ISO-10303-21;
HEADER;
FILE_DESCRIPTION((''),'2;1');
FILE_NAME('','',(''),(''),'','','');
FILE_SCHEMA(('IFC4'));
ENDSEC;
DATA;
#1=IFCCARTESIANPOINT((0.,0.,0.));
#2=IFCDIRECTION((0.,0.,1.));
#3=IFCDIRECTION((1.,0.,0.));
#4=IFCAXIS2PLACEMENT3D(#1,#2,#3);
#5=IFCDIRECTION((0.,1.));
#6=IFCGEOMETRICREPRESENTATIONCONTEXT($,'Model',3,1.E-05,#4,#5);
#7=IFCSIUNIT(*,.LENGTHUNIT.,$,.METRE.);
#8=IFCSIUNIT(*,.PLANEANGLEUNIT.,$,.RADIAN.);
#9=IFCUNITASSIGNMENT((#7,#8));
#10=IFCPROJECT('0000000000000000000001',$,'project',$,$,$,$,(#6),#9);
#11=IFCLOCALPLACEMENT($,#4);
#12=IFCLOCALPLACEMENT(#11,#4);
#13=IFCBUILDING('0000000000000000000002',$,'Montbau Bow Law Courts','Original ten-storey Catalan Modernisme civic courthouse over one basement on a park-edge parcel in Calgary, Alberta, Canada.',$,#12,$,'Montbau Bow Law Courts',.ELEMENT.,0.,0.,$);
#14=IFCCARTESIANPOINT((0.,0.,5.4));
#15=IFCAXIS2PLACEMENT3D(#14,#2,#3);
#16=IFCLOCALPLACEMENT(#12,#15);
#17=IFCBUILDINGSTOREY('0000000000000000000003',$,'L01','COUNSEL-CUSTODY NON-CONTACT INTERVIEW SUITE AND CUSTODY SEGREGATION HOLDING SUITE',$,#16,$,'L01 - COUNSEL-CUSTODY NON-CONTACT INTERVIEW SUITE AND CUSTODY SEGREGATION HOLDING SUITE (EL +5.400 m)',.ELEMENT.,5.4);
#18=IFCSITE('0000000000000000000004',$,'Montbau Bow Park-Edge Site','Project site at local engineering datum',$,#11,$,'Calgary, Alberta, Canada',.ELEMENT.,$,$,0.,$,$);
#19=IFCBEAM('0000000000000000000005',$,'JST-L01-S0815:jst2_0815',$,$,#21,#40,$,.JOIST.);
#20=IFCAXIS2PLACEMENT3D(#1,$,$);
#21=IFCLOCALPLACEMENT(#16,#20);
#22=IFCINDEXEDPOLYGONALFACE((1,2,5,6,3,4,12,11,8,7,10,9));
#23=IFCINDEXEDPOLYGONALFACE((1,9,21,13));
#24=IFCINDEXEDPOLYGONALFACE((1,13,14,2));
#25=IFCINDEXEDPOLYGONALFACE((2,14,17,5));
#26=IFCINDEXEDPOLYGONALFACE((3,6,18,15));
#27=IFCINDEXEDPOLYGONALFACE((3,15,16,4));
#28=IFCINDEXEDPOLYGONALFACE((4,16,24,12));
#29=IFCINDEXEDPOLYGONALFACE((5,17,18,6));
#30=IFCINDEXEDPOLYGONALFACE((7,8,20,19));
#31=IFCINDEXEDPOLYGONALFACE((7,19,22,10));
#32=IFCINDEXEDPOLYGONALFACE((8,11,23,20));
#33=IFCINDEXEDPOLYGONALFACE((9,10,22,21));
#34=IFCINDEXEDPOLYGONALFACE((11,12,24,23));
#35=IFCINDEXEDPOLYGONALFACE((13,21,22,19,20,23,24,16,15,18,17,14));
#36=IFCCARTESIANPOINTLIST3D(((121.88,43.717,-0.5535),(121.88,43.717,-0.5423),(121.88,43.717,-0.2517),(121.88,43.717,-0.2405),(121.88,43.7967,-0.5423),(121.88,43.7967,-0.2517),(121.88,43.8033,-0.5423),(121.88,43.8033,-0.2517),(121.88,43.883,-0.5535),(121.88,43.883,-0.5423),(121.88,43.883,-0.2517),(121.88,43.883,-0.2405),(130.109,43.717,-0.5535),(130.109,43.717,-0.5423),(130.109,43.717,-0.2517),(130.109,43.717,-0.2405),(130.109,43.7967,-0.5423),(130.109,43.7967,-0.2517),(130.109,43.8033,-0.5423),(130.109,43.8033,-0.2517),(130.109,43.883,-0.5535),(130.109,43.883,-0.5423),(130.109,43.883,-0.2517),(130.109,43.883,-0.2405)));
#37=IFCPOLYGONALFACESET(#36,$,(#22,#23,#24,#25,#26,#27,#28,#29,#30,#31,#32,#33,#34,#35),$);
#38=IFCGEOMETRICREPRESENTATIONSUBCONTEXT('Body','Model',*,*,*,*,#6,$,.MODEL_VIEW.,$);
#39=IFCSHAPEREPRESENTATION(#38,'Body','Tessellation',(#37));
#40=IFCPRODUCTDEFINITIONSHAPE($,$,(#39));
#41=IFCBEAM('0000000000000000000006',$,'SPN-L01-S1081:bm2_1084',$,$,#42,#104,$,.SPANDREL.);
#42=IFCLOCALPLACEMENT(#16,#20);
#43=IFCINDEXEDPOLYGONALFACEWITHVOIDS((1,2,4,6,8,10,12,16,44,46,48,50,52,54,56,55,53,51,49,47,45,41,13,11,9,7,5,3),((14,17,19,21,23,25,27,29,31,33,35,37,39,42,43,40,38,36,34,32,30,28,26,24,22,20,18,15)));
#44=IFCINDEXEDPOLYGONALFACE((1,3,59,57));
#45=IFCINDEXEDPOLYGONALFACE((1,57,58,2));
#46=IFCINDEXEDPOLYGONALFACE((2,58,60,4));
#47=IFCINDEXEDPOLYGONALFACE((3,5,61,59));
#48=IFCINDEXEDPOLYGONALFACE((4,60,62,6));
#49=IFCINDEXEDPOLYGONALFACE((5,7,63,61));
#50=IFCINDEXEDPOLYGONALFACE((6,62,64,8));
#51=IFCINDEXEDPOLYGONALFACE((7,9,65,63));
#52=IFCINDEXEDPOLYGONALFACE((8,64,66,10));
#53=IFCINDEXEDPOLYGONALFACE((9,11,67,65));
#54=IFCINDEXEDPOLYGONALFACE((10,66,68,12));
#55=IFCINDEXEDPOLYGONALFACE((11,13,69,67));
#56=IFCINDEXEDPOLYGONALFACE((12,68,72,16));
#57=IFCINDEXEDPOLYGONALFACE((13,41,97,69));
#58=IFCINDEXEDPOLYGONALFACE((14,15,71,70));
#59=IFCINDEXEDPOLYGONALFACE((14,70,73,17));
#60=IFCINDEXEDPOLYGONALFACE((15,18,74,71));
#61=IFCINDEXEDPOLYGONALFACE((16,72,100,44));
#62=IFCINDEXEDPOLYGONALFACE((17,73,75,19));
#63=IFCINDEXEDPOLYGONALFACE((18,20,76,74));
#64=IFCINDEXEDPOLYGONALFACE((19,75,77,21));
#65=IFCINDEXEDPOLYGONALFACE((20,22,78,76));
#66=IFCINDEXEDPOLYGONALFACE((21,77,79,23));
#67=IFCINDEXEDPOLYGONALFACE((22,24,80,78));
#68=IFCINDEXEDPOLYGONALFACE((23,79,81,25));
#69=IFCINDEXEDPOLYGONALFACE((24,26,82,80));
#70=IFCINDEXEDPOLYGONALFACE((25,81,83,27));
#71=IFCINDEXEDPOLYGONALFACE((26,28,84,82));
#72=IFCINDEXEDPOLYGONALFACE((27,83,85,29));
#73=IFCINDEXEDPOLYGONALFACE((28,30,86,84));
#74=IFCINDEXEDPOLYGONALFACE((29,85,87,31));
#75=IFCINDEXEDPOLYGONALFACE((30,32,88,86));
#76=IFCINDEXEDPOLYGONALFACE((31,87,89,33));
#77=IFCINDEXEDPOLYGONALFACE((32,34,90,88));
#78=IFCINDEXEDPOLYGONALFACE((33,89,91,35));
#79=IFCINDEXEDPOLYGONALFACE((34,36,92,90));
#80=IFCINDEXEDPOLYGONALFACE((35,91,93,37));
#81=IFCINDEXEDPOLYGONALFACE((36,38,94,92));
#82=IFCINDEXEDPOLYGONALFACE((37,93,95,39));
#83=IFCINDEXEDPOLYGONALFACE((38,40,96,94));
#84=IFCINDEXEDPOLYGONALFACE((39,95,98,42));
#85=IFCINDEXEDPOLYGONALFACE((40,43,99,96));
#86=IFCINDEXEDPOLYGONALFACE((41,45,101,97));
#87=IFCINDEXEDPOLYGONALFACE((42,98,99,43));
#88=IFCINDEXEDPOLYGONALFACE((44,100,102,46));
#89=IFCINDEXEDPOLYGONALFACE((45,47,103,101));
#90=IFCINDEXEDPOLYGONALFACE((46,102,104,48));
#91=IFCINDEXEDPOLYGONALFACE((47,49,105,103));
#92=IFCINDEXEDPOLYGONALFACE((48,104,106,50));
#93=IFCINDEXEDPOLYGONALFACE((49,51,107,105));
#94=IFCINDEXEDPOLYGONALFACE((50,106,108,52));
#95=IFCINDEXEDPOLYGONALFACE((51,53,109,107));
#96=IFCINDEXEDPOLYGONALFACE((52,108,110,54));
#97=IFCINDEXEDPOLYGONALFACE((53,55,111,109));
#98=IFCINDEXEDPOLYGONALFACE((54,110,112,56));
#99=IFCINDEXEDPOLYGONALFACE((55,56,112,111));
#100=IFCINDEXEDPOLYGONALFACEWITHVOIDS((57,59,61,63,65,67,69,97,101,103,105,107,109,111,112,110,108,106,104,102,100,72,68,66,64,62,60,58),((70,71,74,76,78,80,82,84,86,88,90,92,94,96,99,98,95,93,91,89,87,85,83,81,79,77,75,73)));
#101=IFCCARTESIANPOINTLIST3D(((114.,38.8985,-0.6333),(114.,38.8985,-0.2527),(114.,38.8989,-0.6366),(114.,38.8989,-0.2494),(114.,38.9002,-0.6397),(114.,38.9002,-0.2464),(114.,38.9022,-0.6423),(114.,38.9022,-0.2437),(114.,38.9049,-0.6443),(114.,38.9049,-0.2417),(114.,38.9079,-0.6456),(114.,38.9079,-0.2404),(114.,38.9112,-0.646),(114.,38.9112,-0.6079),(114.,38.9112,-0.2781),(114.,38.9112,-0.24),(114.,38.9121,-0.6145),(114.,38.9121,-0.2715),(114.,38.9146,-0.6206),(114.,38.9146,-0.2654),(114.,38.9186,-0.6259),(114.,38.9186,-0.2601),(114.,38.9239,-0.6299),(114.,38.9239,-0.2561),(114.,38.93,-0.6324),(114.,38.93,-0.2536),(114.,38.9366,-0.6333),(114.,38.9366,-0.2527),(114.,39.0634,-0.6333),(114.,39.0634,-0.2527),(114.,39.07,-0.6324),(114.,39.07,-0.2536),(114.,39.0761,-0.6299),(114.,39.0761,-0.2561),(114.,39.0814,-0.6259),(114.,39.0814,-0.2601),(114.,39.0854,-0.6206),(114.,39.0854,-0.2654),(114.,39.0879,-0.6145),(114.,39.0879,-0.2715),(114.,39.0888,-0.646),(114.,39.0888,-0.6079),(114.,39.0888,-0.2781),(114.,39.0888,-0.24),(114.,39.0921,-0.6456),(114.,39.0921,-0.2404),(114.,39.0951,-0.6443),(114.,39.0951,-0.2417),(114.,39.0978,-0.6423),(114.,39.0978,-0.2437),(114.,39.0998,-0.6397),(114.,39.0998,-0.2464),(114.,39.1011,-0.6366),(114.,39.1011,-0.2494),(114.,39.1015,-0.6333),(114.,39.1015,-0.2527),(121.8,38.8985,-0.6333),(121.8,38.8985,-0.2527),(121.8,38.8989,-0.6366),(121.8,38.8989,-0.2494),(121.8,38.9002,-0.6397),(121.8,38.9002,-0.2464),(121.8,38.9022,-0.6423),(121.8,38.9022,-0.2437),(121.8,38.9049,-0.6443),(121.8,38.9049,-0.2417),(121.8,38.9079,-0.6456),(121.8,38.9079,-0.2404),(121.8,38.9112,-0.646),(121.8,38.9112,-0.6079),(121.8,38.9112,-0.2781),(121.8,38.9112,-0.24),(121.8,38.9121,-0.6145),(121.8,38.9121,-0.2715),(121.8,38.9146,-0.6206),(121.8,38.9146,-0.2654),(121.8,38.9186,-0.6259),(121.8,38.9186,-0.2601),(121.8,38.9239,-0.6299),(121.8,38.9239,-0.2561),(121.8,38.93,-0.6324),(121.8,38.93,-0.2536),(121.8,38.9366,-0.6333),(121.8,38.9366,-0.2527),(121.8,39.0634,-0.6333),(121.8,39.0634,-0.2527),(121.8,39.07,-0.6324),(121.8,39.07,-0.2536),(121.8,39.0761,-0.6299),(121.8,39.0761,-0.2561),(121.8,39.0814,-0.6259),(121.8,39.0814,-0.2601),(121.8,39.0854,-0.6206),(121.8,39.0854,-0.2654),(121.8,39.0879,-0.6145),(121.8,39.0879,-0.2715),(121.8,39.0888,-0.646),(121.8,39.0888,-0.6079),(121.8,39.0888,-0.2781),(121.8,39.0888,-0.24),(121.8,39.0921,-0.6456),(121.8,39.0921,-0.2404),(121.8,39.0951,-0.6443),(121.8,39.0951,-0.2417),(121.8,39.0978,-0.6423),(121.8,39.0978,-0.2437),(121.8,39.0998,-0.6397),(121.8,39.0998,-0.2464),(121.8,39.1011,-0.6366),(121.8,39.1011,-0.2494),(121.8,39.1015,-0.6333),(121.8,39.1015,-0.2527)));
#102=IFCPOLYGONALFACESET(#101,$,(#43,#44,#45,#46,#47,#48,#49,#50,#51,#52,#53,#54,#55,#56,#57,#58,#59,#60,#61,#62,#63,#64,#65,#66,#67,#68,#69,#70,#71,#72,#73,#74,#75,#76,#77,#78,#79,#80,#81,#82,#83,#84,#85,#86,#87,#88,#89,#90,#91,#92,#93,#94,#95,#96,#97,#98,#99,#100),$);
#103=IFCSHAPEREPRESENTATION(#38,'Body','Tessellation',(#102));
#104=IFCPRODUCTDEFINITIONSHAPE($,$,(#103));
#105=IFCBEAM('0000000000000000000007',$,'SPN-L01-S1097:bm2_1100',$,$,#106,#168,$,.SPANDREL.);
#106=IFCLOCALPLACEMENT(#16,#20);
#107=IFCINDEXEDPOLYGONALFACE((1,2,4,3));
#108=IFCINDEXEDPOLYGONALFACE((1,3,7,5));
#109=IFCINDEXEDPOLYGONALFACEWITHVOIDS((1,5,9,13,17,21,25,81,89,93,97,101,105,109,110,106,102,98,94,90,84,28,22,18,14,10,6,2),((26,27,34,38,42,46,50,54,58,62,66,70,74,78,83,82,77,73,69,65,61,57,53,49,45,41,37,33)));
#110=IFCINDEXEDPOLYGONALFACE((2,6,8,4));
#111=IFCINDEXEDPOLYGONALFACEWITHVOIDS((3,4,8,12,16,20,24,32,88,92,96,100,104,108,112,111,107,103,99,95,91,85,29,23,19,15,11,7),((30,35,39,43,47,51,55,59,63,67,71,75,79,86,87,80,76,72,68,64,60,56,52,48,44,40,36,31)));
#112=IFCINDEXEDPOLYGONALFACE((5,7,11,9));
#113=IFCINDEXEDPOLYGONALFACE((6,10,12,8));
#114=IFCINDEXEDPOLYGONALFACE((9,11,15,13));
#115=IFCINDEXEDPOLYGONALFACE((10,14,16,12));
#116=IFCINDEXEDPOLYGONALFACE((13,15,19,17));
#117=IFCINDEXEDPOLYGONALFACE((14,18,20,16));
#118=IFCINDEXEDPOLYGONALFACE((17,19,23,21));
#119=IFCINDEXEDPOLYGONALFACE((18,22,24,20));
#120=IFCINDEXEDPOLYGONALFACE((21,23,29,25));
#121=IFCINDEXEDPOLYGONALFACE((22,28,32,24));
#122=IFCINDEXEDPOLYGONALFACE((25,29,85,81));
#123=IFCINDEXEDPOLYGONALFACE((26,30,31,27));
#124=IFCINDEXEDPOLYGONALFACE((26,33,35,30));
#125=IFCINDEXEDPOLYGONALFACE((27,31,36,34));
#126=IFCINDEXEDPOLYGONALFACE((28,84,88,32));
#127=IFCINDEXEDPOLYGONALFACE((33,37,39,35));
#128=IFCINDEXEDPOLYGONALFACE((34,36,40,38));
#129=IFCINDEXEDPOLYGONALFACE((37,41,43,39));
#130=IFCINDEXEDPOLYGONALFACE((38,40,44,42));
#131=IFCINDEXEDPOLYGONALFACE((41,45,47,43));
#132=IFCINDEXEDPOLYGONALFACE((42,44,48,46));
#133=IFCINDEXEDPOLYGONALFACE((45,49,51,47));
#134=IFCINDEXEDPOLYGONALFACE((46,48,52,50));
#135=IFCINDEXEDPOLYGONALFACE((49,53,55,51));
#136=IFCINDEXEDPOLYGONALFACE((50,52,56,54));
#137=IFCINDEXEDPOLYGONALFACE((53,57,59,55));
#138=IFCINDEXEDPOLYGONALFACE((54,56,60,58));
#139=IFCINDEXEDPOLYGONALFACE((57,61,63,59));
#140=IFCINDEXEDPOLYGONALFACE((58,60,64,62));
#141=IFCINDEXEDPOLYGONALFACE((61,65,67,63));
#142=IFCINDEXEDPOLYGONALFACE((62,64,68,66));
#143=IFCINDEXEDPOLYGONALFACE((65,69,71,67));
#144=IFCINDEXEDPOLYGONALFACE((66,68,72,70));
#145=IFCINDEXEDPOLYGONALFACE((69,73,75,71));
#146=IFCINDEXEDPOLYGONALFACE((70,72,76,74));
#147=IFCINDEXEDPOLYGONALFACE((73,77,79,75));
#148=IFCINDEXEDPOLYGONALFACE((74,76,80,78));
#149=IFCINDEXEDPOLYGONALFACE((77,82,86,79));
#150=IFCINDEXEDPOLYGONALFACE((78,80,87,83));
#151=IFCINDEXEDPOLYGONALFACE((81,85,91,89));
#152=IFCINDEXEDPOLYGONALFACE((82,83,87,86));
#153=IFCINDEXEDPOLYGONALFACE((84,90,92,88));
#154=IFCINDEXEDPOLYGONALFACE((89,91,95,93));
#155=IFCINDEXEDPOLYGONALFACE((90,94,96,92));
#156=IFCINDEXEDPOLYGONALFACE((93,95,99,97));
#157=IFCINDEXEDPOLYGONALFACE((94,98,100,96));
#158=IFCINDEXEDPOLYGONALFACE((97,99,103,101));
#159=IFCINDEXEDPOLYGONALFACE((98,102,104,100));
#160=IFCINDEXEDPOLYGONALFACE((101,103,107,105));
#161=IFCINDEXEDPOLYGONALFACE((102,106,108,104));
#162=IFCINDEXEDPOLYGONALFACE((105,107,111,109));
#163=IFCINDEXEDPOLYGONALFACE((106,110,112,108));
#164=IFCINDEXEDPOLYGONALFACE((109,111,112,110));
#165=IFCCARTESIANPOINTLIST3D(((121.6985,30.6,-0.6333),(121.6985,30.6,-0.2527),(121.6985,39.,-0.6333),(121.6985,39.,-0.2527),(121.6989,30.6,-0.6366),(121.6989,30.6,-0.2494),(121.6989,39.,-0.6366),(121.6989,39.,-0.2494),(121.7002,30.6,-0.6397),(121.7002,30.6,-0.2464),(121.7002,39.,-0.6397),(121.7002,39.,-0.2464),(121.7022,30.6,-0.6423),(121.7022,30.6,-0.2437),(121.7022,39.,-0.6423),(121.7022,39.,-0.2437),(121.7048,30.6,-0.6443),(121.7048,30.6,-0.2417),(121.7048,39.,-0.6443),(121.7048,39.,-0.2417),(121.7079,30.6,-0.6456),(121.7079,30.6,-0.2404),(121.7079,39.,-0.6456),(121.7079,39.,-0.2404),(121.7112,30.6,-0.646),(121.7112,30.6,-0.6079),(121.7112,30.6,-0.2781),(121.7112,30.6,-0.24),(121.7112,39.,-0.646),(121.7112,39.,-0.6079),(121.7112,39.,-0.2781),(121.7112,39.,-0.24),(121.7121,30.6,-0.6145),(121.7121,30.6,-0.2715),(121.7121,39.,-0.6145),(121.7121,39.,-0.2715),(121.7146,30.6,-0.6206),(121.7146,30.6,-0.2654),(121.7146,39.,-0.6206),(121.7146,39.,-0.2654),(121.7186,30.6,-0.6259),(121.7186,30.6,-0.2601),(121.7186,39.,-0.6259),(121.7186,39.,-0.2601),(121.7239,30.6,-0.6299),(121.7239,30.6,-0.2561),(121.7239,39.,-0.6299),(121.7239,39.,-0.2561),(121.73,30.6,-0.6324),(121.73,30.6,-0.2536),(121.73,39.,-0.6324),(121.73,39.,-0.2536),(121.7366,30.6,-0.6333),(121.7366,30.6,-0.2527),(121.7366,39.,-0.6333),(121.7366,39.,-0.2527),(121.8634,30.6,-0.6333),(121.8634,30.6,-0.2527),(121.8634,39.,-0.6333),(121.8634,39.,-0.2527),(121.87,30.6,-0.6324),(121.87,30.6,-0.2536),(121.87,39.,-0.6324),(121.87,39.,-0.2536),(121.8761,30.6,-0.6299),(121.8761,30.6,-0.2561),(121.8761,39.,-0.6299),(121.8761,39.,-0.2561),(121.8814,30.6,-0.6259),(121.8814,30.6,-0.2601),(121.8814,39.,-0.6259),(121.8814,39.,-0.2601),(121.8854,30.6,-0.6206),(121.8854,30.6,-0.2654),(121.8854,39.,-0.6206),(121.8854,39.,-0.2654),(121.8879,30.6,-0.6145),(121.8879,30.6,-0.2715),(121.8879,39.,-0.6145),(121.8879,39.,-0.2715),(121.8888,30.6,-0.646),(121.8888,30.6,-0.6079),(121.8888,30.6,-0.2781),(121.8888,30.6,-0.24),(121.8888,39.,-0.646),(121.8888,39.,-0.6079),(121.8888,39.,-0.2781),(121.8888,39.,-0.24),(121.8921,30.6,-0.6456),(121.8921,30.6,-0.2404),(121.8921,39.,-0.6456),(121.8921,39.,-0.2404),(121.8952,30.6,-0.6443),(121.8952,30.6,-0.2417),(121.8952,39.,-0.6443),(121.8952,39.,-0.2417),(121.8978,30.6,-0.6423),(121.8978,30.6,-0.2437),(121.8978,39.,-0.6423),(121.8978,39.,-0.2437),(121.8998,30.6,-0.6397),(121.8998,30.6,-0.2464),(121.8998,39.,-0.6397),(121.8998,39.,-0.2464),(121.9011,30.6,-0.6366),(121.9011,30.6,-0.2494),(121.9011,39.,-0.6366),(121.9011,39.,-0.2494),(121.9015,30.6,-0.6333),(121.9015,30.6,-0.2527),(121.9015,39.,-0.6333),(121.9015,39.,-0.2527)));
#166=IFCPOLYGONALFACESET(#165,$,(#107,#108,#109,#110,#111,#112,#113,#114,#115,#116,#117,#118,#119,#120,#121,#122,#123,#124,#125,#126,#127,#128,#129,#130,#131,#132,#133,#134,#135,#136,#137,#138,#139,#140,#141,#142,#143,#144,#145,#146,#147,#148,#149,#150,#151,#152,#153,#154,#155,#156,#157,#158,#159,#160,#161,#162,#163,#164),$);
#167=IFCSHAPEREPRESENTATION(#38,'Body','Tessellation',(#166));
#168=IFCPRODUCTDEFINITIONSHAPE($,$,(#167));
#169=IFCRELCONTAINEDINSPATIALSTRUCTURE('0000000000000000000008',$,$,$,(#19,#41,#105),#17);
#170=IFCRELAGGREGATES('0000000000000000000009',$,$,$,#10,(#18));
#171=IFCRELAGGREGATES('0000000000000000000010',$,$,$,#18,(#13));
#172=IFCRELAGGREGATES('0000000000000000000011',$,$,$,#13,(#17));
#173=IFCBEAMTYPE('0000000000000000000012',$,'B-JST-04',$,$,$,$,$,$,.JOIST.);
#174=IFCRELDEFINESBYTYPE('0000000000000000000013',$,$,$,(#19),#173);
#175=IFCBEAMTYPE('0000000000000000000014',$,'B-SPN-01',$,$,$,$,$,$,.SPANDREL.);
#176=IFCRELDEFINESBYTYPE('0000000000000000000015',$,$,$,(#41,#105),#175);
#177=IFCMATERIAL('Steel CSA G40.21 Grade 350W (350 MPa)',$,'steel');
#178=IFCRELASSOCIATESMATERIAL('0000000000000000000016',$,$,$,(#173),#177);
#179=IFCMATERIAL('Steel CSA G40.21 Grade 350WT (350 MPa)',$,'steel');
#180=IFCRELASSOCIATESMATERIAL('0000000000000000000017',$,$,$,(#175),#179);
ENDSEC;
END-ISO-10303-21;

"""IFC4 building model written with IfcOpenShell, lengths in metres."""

from ifc_helpers import new_model, si_unit, direction, frame, origin_with_axes, origin_2d_with_axis, place, context, subcontext, project, spatial, hollow_rectangle, i_section, extrude, material, material_profile, profile_set, type_object, element, save


model = new_model("IFC4")

# Units and contexts
model_context = context("Model", 3, precision=1e-05, world=origin_with_axes(), true_north=direction((0.0, 1.0)))
body_context = subcontext(model_context, "Body", "Model", "MODEL_VIEW")
ifc_project = project(units=[si_unit("LENGTHUNIT", "METRE"), si_unit("PLANEANGLEUNIT", "RADIAN")], contexts=[model_context])

# Site, building, storey
site_placement = place(None, origin_with_axes())
site = spatial("IfcSite", under=ifc_project, at=site_placement, Name="Montbau Bow Park-Edge Site", Description="Project site at local engineering datum", LongName="Calgary, Alberta, Canada", CompositionType="ELEMENT", RefElevation=0.0)
building_placement = place(site_placement, origin_with_axes())
building = spatial("IfcBuilding", under=site, at=building_placement, Name="Montbau Bow Law Courts", Description="Original ten-storey Catalan Modernisme civic courthouse over one basement on a park-edge parcel in Calgary, Alberta, Canada.", LongName="Montbau Bow Law Courts", CompositionType="ELEMENT", ElevationOfRefHeight=0.0, ElevationOfTerrain=0.0)
storey_placement = place(building_placement, frame((0.0, 0.0, 5.4), z_axis=(0.0, 0.0, 1.0), x_axis=(1.0, 0.0, 0.0)))
storey = spatial("IfcBuildingStorey", under=building, at=storey_placement, Name="L01", Description="COUNSEL-CUSTODY NON-CONTACT INTERVIEW SUITE AND CUSTODY SEGREGATION HOLDING SUITE", LongName="L01 - COUNSEL-CUSTODY NON-CONTACT INTERVIEW SUITE AND CUSTODY SEGREGATION HOLDING SUITE (EL +5.400 m)", CompositionType="ELEMENT", Elevation=5.4)

# Shared definitions
ifc_material_1 = material(Name="Steel CSA G40.21 Grade 350W (350 MPa)", Category="steel")

# Beams
ifc_material_profile_1 = material_profile(ifc_material_1, i_section(OverallWidth=0.166, OverallDepth=0.313, WebThickness=0.0066, FlangeThickness=0.0112, at=origin_2d_with_axis()), Name="W310X45", Category="Main", Priority=0)
ifc_profile_set_1 = profile_set([ifc_material_profile_1], Name="Steel CSA G40.21 Grade 350W (350 MPa)")
beam_type_1 = type_object("IfcBeamType", Name="B-JST-04", PredefinedType="JOIST", material=ifc_profile_set_1)
beam_1_placement = place(None, frame((121.88, 43.8, 5.003), z_axis=(1.0, 0.0, 0.0), x_axis=(0.0, 1.0, 0.0)))
element("IfcBeam", 1, at=beam_1_placement, inside=storey, type_object=beam_type_1, Name="JST-L01-S0815:jst2_0815", PredefinedType="JOIST", context=body_context, shape_type="SweptSolid", body=[
    extrude(i_section(OverallWidth=0.166, OverallDepth=0.313, WebThickness=0.0066, FlangeThickness=0.0112, at=origin_2d_with_axis()), origin_with_axes(), (0.0, 0.0, 1.0), 8.229),
])
ifc_material_2 = material(Name="Steel CSA G40.21 Grade 350WT (350 MPa)", Category="steel")
ifc_material_profile_2 = material_profile(ifc_material_2, hollow_rectangle(XDim=0.203, YDim=0.406, WallThickness=0.0127, InnerFilletRadius=0.0254, OuterFilletRadius=0.0127, at=origin_2d_with_axis()), Name="HSS406X203X13", Category="Main", Priority=0)
ifc_profile_set_2 = profile_set([ifc_material_profile_2], Name="Steel CSA G40.21 Grade 350WT (350 MPa)")
beam_type_2 = type_object("IfcBeamType", Name="B-SPN-01", PredefinedType="SPANDREL", material=ifc_profile_set_2)
beam_2_placement = place(None, frame((114.0, 39.0, 4.957), z_axis=(1.0, 0.0, 0.0), x_axis=(0.0, 1.0, 0.0)))
element("IfcBeam", 2, at=beam_2_placement, inside=storey, type_object=beam_type_2, Name="SPN-L01-S1081:bm2_1084", PredefinedType="SPANDREL", context=body_context, shape_type="SweptSolid", body=[
    extrude(hollow_rectangle(XDim=0.203, YDim=0.406, WallThickness=0.0127, InnerFilletRadius=0.0254, OuterFilletRadius=0.0127, at=origin_2d_with_axis()), origin_with_axes(), (0.0, 0.0, 1.0), 7.8),
])
beam_3_placement = place(None, frame((121.8, 30.6, 4.957), z_axis=(0.0, 1.0, 0.0), x_axis=(-1.0, 0.0, 0.0)))
element("IfcBeam", 3, at=beam_3_placement, inside=storey, type_object=beam_type_2, Name="SPN-L01-S1097:bm2_1100", PredefinedType="SPANDREL", context=body_context, shape_type="SweptSolid", body=[
    extrude(hollow_rectangle(XDim=0.203, YDim=0.406, WallThickness=0.0127, InnerFilletRadius=0.0254, OuterFilletRadius=0.0127, at=origin_2d_with_axis()), origin_with_axes(), (0.0, 0.0, 1.0), 8.4),
])

save(model, "model.ifc")
